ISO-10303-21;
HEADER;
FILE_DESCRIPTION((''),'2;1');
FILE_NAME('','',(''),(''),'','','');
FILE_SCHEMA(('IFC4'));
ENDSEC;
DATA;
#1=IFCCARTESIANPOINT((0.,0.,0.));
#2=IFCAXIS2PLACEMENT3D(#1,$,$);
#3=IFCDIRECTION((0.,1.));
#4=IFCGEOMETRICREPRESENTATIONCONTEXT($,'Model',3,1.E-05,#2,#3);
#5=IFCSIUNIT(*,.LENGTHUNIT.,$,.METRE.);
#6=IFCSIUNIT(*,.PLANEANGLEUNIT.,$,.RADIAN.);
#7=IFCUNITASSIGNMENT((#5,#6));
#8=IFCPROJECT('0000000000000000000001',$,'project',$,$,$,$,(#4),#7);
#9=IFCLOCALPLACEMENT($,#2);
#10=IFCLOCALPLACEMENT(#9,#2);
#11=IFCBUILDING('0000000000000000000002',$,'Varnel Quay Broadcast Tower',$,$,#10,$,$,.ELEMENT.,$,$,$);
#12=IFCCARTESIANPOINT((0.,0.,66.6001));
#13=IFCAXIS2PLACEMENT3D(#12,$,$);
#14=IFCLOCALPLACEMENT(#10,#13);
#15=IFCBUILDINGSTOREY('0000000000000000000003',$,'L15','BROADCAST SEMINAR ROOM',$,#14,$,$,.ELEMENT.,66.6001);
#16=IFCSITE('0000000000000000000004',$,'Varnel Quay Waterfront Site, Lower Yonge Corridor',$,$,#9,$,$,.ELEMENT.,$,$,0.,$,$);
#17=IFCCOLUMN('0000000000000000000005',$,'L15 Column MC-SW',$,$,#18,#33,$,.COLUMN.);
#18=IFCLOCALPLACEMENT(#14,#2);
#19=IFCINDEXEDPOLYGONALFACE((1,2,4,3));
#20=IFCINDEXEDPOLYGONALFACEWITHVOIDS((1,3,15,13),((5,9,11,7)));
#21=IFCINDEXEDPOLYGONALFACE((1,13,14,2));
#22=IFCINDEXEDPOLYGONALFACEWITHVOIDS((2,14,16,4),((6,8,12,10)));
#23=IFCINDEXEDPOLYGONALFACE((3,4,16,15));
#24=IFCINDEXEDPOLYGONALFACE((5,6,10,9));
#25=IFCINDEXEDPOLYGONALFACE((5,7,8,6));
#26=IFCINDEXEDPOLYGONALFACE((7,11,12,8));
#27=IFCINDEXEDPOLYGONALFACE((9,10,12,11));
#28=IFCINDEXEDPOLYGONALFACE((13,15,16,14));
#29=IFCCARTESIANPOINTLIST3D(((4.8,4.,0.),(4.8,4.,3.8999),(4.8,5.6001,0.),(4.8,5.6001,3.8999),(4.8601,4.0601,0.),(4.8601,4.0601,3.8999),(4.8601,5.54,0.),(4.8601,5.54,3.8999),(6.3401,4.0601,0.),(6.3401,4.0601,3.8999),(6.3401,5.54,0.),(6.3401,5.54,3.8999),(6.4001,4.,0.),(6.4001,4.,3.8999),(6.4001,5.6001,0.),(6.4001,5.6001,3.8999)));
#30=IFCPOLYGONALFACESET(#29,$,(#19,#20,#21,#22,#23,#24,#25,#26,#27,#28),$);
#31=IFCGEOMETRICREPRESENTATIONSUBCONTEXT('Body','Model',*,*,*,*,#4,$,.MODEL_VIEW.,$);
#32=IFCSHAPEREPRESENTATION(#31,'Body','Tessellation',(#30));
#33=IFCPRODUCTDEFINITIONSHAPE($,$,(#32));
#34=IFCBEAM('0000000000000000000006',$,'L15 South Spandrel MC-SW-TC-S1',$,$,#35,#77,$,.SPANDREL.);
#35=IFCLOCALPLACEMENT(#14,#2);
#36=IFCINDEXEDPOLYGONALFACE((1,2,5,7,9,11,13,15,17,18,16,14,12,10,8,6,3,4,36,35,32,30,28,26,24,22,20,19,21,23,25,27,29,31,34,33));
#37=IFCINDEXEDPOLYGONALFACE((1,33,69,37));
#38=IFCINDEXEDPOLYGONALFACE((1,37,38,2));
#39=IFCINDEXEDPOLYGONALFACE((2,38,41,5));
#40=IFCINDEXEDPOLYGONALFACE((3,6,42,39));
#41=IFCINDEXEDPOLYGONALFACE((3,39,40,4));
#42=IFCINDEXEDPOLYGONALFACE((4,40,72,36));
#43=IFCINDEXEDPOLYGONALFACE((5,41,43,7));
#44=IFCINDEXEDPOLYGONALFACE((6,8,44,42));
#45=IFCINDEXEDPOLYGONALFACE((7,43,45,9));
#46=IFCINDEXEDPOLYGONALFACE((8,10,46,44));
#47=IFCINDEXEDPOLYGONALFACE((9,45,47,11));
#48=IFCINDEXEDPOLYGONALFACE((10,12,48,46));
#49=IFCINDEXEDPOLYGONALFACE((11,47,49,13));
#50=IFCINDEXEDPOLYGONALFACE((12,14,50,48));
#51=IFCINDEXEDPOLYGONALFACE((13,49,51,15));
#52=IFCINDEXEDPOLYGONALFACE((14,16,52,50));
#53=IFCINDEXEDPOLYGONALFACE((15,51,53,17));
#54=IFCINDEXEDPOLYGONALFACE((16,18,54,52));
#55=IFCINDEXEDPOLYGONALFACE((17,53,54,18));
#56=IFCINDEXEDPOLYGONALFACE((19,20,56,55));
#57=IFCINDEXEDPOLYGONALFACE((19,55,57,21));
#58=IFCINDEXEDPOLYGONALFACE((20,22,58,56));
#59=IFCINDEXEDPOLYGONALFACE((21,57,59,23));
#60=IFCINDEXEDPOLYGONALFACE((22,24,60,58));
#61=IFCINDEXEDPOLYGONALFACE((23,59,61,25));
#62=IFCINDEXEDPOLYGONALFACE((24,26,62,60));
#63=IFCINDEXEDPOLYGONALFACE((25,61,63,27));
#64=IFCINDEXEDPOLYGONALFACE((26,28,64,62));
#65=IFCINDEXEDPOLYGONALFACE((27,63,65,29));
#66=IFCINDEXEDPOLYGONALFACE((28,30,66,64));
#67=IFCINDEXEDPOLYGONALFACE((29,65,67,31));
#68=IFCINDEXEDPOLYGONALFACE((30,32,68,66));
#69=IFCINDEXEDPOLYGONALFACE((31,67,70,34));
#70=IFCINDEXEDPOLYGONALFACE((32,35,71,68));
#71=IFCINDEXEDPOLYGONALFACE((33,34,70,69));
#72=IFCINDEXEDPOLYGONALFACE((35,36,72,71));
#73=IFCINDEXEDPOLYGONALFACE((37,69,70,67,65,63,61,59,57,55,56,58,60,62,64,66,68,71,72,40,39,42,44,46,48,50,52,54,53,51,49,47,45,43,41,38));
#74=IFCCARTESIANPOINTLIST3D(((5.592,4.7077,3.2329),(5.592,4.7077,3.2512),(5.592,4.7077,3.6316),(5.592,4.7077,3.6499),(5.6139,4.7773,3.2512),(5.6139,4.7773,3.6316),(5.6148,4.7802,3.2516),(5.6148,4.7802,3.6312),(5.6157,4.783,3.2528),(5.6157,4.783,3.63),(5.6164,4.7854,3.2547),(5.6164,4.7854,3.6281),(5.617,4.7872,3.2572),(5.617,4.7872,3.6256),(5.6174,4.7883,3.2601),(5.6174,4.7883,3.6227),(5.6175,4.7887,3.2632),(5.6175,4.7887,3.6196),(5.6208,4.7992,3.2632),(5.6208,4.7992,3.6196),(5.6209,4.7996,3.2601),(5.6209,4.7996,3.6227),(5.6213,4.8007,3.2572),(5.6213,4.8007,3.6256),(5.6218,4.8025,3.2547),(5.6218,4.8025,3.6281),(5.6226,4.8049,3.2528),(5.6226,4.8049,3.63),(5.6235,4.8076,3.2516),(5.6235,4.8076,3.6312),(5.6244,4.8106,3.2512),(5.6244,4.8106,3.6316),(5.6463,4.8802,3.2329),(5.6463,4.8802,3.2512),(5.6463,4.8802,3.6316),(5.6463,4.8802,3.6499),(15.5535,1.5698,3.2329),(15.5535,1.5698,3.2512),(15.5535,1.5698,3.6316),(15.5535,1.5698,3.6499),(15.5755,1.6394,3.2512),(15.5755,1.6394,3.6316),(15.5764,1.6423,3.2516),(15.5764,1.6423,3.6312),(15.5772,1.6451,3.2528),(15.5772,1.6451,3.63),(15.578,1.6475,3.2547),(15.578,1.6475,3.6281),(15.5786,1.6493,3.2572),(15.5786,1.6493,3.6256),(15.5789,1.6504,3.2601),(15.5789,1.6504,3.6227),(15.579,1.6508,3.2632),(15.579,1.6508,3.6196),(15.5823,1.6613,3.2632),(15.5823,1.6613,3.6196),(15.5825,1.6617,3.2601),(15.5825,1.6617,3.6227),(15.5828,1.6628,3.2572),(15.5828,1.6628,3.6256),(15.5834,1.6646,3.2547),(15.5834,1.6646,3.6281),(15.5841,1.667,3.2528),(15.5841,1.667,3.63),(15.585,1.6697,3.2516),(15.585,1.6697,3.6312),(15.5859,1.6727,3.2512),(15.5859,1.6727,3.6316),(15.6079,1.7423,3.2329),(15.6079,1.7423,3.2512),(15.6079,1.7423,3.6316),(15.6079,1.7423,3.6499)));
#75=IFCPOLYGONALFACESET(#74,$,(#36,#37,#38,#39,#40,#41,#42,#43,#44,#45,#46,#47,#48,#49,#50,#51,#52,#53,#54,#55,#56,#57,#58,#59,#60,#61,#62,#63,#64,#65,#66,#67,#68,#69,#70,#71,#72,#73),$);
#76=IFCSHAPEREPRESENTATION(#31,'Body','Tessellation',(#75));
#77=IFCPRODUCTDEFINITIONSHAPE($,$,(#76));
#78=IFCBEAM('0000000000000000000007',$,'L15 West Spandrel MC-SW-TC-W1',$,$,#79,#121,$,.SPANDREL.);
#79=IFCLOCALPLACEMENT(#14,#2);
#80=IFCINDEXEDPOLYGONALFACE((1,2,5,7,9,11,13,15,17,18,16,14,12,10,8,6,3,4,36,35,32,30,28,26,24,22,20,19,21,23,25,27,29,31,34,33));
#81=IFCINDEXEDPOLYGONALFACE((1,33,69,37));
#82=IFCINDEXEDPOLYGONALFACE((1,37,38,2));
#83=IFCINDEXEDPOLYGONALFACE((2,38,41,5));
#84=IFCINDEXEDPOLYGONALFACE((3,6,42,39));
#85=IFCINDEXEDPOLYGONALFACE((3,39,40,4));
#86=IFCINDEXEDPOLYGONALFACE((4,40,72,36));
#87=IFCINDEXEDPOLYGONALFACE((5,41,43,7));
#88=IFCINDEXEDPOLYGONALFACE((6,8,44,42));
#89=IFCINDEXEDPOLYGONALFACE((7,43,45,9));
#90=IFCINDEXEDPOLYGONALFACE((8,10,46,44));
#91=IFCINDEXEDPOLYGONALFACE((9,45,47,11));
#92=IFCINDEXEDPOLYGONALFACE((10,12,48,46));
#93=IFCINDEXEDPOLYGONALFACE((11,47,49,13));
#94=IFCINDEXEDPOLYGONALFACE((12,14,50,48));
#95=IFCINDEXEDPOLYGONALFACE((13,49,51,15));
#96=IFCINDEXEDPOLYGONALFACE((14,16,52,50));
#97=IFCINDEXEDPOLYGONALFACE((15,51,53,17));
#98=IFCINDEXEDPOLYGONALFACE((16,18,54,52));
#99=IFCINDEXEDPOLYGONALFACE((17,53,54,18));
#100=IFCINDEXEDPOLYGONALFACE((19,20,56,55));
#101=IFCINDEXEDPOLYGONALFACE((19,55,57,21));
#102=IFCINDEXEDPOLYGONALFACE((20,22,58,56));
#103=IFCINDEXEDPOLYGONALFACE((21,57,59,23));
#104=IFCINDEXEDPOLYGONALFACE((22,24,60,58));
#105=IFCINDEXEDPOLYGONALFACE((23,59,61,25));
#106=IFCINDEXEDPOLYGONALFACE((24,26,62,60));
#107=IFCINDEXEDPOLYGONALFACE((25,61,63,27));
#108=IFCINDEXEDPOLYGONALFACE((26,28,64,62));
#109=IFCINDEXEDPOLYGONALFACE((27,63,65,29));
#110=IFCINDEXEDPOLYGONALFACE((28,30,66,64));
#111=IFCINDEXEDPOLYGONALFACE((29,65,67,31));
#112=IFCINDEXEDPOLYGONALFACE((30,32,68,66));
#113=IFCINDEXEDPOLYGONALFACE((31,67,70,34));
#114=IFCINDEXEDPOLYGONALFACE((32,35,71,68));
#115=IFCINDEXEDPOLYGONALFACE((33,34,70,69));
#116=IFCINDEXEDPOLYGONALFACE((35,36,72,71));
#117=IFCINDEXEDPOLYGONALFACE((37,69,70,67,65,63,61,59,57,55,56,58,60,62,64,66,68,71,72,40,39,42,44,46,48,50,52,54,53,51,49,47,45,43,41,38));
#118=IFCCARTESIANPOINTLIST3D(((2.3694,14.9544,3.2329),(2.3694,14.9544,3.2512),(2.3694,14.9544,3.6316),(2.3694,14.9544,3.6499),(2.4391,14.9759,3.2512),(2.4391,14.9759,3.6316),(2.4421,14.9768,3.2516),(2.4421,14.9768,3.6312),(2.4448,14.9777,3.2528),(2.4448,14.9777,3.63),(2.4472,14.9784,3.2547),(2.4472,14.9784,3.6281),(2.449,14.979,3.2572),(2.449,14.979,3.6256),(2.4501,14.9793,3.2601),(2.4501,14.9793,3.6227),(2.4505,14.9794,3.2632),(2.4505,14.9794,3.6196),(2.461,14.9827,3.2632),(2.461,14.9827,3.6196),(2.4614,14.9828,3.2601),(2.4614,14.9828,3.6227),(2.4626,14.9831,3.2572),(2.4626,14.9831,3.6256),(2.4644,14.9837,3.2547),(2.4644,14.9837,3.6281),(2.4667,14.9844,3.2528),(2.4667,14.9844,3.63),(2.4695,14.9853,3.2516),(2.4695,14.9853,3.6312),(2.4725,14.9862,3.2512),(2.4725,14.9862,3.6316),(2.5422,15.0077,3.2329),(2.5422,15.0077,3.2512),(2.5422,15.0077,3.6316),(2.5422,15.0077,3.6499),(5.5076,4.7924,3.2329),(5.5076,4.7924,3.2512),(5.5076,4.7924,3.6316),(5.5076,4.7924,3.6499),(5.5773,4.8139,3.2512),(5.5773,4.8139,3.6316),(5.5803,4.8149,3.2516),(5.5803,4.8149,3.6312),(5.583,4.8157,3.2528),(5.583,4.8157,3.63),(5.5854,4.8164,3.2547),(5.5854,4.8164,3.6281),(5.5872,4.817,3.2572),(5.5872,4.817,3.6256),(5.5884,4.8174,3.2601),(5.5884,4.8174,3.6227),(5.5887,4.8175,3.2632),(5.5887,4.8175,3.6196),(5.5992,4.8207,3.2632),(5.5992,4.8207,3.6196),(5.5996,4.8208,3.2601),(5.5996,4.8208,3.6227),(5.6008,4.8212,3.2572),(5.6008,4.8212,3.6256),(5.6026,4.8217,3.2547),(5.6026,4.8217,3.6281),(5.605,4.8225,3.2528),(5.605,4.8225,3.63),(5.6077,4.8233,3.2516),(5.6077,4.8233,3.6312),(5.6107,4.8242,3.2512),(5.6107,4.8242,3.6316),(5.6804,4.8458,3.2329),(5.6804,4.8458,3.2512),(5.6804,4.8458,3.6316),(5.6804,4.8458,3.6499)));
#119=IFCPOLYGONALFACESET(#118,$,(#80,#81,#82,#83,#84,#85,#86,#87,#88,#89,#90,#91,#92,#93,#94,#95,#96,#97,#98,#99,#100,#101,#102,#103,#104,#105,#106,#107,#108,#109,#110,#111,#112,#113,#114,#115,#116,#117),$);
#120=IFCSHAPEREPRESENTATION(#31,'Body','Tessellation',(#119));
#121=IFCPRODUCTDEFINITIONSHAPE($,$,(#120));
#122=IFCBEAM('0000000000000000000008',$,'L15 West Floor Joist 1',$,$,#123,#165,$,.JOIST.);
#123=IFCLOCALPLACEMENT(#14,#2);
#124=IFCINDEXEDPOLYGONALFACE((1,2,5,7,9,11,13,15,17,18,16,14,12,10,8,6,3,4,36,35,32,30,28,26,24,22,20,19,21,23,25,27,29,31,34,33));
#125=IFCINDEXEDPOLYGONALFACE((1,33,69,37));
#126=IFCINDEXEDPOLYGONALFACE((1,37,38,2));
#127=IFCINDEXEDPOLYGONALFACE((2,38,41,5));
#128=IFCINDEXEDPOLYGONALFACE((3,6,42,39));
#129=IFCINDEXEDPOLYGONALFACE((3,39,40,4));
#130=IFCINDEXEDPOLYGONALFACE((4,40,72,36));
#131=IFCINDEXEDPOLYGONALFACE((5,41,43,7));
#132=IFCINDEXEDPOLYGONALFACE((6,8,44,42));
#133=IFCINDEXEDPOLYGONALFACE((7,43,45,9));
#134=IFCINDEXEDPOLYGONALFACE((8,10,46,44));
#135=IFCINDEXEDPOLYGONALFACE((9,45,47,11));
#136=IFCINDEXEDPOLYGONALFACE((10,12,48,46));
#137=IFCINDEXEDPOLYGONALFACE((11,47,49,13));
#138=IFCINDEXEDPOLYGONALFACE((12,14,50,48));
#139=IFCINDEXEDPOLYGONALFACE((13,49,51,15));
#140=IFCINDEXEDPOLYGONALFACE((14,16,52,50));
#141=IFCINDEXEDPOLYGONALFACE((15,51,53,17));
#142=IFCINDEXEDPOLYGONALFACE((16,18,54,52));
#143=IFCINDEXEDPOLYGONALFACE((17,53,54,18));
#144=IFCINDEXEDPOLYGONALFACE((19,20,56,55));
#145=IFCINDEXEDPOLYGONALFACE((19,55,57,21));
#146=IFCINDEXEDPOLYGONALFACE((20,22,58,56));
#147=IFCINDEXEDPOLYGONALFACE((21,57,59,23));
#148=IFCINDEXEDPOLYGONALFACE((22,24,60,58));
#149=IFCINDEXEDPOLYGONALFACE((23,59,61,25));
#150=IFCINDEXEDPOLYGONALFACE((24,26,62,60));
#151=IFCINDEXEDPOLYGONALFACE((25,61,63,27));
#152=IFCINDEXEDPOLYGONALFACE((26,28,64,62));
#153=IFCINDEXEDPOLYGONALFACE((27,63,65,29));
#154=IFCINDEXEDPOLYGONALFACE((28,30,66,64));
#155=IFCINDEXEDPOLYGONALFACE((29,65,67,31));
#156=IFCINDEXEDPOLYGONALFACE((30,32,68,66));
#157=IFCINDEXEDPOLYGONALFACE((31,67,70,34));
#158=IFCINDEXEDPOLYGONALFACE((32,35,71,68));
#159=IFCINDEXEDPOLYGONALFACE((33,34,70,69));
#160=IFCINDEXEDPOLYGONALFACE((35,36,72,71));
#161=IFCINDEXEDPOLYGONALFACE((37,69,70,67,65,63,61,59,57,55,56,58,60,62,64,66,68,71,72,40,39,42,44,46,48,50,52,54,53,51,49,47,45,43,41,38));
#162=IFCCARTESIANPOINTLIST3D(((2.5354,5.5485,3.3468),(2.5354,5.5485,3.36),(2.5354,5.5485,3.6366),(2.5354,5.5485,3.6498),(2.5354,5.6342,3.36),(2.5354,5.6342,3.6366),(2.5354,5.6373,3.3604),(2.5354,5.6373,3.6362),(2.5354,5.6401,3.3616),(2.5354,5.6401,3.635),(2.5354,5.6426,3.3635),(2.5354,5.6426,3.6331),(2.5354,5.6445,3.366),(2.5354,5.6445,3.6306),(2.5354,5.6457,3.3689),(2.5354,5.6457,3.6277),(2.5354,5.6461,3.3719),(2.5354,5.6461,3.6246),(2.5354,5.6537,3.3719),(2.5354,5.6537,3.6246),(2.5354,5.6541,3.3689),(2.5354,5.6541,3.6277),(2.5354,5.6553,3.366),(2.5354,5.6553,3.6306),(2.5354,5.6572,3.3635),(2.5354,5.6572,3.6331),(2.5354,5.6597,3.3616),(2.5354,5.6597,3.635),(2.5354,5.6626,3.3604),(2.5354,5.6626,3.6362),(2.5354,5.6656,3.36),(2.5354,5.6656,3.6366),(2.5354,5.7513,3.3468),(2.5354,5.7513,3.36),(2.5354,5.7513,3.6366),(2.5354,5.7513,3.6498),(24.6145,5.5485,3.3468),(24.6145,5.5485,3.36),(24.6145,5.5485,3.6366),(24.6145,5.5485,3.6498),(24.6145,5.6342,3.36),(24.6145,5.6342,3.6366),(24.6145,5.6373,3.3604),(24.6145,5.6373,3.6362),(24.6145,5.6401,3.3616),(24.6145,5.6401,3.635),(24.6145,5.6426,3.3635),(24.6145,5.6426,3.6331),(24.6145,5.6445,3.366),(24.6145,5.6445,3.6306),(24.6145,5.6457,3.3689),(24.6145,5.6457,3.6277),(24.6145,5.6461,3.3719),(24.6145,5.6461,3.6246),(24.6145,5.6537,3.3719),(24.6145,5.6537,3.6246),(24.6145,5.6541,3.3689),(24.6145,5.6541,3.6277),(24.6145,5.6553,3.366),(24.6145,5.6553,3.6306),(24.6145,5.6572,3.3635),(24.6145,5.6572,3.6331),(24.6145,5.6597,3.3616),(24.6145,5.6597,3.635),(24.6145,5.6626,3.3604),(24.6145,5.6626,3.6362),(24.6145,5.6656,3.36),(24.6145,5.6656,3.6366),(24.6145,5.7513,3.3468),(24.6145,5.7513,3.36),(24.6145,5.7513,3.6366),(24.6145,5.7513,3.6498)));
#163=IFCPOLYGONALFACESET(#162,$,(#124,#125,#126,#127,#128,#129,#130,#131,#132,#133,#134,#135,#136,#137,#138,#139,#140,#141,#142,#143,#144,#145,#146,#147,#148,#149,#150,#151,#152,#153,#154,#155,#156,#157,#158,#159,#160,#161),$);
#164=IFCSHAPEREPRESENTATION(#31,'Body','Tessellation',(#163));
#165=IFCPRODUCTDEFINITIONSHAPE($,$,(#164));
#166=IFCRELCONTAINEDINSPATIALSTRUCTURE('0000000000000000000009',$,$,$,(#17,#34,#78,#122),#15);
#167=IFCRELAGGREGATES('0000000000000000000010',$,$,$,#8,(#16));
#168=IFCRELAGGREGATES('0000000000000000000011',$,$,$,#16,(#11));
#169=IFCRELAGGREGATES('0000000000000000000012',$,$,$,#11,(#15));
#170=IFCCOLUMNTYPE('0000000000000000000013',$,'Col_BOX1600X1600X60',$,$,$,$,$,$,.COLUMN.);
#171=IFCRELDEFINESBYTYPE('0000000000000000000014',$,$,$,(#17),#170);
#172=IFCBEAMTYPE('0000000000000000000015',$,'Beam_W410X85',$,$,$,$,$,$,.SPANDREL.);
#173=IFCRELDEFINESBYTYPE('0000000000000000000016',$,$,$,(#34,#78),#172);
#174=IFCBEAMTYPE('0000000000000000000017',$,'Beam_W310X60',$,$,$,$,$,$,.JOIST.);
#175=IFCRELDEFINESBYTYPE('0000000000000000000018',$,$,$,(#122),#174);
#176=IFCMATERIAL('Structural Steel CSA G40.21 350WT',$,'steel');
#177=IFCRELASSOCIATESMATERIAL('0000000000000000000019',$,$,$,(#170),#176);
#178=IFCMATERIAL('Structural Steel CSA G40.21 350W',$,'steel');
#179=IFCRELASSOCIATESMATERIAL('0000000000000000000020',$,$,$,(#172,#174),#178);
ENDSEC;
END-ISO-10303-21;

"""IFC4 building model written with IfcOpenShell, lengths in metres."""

from ifc_helpers import new_model, si_unit, direction, frame, origin, origin_2d, place, context, subcontext, project, spatial, hollow_rectangle, i_section, extrude, source, transform, mapped, material, material_profile, profile_set, type_object, type_shapes, element, save


model = new_model("IFC4")

# Units and contexts
model_context = context("Model", 3, precision=1e-05, world=origin(), true_north=direction((0.0, 1.0)))
body_context = subcontext(model_context, "Body", "Model", "MODEL_VIEW")
ifc_project = project(units=[si_unit("LENGTHUNIT", "METRE"), si_unit("PLANEANGLEUNIT", "RADIAN")], contexts=[model_context])

# Site, building, storey
site_placement = place(None, origin())
site = spatial("IfcSite", under=ifc_project, at=site_placement, Name="Varnel Quay Waterfront Site, Lower Yonge Corridor", CompositionType="ELEMENT", RefElevation=0.0)
building_placement = place(site_placement, origin())
building = spatial("IfcBuilding", under=site, at=building_placement, Name="Varnel Quay Broadcast Tower", CompositionType="ELEMENT")
storey_placement = place(building_placement, frame((0.0, 0.0, 66.6001)))
storey = spatial("IfcBuildingStorey", under=building, at=storey_placement, Name="L15", Description="BROADCAST SEMINAR ROOM", CompositionType="ELEMENT", Elevation=66.6001)

# Column
ifc_material_1 = material(Name="Structural Steel CSA G40.21 350WT", Category="steel")
ifc_material_profile_1 = material_profile(ifc_material_1, hollow_rectangle(XDim=1.6001, YDim=1.6001, WallThickness=0.0601, at=origin_2d()), Name="BOX1600X1600X60")
ifc_profile_set_1 = profile_set([ifc_material_profile_1], Name="Structural Steel CSA G40.21 350WT")
column_type = type_object("IfcColumnType", Name="Col_BOX1600X1600X60", PredefinedType="COLUMN", material=ifc_profile_set_1)
shared_shape_1 = source(origin(), body_context, "Body", "SweptSolid", [
    extrude(hollow_rectangle(XDim=1.6001, YDim=1.6001, WallThickness=0.0601, at=origin_2d()), origin(), (0.0, 0.0, 1.0), 3.8999),
])
type_shapes(column_type, [shared_shape_1])
column_placement = place(storey_placement, frame((5.6001, 4.8, 0.0), z_axis=(0.0, 0.0, 1.0), x_axis=(1.0, 0.0, 0.0)))
element("IfcColumn", 1, at=column_placement, inside=storey, type_object=column_type, Name="L15 Column MC-SW", PredefinedType="COLUMN", context=body_context, shape_type="MappedRepresentation", body=[
    mapped(shared_shape_1, transform((0.0, 0.0, 0.0), x_axis=(1.0, 0.0, 0.0), y_axis=(0.0, 1.0, 0.0), z_axis=(0.0, 0.0, 1.0), scale=1.0)),
])

# Beams
ifc_material_2 = material(Name="Structural Steel CSA G40.21 350W", Category="steel")
ifc_material_profile_2 = material_profile(ifc_material_2, i_section(OverallWidth=0.1809, OverallDepth=0.417, WebThickness=0.011, FlangeThickness=0.0183, FilletRadius=0.012, at=origin_2d()), Name="W410X85")
ifc_profile_set_2 = profile_set([ifc_material_profile_2], Name="Structural Steel CSA G40.21 350W")
beam_type_1 = type_object("IfcBeamType", Name="Beam_W410X85", PredefinedType="SPANDREL", material=ifc_profile_set_2)
shared_shape_2 = source(origin(), body_context, "Body", "SweptSolid", [
    extrude(i_section(OverallWidth=0.1809, OverallDepth=0.417, WebThickness=0.011, FlangeThickness=0.0183, FilletRadius=0.012, at=origin_2d()), origin(), (0.0, 0.0, 1.0), 10.4441),
])
beam_1_placement = place(storey_placement, frame((5.6191, 4.7939, 3.4414), z_axis=(0.953798, -0.300448, 0.0), x_axis=(0.300448, 0.953798, 0.0)))
element("IfcBeam", 2, at=beam_1_placement, inside=storey, type_object=beam_type_1, Name="L15 South Spandrel MC-SW-TC-S1", PredefinedType="SPANDREL", context=body_context, shape_type="MappedRepresentation", body=[
    mapped(shared_shape_2, transform((0.0, 0.0, 0.0), x_axis=(1.0, 0.0, 0.0), y_axis=(0.0, 1.0, 0.0), z_axis=(0.0, 0.0, 1.0), scale=1.0)),
])
shared_shape_3 = source(origin(), body_context, "Body", "SweptSolid", [
    extrude(i_section(OverallWidth=0.1809, OverallDepth=0.417, WebThickness=0.011, FlangeThickness=0.0183, FilletRadius=0.012, at=origin_2d()), origin(), (0.0, 0.0, 1.0), 10.6355),
])
type_shapes(beam_type_1, [shared_shape_2, shared_shape_3])
beam_2_placement = place(storey_placement, frame((5.594, 4.8191, 3.4414), z_axis=(-0.29507, 0.955476, 0.0), x_axis=(-0.955476, -0.29507, 0.0)))
element("IfcBeam", 3, at=beam_2_placement, inside=storey, type_object=beam_type_1, Name="L15 West Spandrel MC-SW-TC-W1", PredefinedType="SPANDREL", context=body_context, shape_type="MappedRepresentation", body=[
    mapped(shared_shape_3, transform((0.0, 0.0, 0.0), x_axis=(1.0, 0.0, 0.0), y_axis=(0.0, 1.0, 0.0), z_axis=(0.0, 0.0, 1.0), scale=1.0)),
])
ifc_material_profile_3 = material_profile(ifc_material_2, i_section(OverallWidth=0.2029, OverallDepth=0.303, WebThickness=0.0076, FlangeThickness=0.0132, FilletRadius=0.012, at=origin_2d()), Name="W310X60")
ifc_profile_set_3 = profile_set([ifc_material_profile_3], Name="Structural Steel CSA G40.21 350W")
beam_type_2 = type_object("IfcBeamType", Name="Beam_W310X60", PredefinedType="JOIST", material=ifc_profile_set_3)
shared_shape_4 = source(origin(), body_context, "Body", "SweptSolid", [
    extrude(i_section(OverallWidth=0.2029, OverallDepth=0.303, WebThickness=0.0076, FlangeThickness=0.0132, FilletRadius=0.012, at=origin_2d()), origin(), (0.0, 0.0, 1.0), 22.0791),
])
type_shapes(beam_type_2, [shared_shape_4])
for number, where, z_axis, x_axis, name in (
    (4, (2.5354, 5.6499, 3.4983), (1.0, 0.0, 0.0), (0.0, 1.0, 0.0), "L15 West Floor Joist 1"),
):
    element("IfcBeam", number, at=place(storey_placement, frame(where, z_axis=z_axis, x_axis=x_axis)), inside=storey, type_object=beam_type_2, Name=name, PredefinedType="JOIST", context=body_context, shape_type="MappedRepresentation", body=[
        mapped(shared_shape_4, transform((0.0, 0.0, 0.0), x_axis=(1.0, 0.0, 0.0), y_axis=(0.0, 1.0, 0.0), z_axis=(0.0, 0.0, 1.0), scale=1.0)),
    ])

save(model, "model.ifc")
